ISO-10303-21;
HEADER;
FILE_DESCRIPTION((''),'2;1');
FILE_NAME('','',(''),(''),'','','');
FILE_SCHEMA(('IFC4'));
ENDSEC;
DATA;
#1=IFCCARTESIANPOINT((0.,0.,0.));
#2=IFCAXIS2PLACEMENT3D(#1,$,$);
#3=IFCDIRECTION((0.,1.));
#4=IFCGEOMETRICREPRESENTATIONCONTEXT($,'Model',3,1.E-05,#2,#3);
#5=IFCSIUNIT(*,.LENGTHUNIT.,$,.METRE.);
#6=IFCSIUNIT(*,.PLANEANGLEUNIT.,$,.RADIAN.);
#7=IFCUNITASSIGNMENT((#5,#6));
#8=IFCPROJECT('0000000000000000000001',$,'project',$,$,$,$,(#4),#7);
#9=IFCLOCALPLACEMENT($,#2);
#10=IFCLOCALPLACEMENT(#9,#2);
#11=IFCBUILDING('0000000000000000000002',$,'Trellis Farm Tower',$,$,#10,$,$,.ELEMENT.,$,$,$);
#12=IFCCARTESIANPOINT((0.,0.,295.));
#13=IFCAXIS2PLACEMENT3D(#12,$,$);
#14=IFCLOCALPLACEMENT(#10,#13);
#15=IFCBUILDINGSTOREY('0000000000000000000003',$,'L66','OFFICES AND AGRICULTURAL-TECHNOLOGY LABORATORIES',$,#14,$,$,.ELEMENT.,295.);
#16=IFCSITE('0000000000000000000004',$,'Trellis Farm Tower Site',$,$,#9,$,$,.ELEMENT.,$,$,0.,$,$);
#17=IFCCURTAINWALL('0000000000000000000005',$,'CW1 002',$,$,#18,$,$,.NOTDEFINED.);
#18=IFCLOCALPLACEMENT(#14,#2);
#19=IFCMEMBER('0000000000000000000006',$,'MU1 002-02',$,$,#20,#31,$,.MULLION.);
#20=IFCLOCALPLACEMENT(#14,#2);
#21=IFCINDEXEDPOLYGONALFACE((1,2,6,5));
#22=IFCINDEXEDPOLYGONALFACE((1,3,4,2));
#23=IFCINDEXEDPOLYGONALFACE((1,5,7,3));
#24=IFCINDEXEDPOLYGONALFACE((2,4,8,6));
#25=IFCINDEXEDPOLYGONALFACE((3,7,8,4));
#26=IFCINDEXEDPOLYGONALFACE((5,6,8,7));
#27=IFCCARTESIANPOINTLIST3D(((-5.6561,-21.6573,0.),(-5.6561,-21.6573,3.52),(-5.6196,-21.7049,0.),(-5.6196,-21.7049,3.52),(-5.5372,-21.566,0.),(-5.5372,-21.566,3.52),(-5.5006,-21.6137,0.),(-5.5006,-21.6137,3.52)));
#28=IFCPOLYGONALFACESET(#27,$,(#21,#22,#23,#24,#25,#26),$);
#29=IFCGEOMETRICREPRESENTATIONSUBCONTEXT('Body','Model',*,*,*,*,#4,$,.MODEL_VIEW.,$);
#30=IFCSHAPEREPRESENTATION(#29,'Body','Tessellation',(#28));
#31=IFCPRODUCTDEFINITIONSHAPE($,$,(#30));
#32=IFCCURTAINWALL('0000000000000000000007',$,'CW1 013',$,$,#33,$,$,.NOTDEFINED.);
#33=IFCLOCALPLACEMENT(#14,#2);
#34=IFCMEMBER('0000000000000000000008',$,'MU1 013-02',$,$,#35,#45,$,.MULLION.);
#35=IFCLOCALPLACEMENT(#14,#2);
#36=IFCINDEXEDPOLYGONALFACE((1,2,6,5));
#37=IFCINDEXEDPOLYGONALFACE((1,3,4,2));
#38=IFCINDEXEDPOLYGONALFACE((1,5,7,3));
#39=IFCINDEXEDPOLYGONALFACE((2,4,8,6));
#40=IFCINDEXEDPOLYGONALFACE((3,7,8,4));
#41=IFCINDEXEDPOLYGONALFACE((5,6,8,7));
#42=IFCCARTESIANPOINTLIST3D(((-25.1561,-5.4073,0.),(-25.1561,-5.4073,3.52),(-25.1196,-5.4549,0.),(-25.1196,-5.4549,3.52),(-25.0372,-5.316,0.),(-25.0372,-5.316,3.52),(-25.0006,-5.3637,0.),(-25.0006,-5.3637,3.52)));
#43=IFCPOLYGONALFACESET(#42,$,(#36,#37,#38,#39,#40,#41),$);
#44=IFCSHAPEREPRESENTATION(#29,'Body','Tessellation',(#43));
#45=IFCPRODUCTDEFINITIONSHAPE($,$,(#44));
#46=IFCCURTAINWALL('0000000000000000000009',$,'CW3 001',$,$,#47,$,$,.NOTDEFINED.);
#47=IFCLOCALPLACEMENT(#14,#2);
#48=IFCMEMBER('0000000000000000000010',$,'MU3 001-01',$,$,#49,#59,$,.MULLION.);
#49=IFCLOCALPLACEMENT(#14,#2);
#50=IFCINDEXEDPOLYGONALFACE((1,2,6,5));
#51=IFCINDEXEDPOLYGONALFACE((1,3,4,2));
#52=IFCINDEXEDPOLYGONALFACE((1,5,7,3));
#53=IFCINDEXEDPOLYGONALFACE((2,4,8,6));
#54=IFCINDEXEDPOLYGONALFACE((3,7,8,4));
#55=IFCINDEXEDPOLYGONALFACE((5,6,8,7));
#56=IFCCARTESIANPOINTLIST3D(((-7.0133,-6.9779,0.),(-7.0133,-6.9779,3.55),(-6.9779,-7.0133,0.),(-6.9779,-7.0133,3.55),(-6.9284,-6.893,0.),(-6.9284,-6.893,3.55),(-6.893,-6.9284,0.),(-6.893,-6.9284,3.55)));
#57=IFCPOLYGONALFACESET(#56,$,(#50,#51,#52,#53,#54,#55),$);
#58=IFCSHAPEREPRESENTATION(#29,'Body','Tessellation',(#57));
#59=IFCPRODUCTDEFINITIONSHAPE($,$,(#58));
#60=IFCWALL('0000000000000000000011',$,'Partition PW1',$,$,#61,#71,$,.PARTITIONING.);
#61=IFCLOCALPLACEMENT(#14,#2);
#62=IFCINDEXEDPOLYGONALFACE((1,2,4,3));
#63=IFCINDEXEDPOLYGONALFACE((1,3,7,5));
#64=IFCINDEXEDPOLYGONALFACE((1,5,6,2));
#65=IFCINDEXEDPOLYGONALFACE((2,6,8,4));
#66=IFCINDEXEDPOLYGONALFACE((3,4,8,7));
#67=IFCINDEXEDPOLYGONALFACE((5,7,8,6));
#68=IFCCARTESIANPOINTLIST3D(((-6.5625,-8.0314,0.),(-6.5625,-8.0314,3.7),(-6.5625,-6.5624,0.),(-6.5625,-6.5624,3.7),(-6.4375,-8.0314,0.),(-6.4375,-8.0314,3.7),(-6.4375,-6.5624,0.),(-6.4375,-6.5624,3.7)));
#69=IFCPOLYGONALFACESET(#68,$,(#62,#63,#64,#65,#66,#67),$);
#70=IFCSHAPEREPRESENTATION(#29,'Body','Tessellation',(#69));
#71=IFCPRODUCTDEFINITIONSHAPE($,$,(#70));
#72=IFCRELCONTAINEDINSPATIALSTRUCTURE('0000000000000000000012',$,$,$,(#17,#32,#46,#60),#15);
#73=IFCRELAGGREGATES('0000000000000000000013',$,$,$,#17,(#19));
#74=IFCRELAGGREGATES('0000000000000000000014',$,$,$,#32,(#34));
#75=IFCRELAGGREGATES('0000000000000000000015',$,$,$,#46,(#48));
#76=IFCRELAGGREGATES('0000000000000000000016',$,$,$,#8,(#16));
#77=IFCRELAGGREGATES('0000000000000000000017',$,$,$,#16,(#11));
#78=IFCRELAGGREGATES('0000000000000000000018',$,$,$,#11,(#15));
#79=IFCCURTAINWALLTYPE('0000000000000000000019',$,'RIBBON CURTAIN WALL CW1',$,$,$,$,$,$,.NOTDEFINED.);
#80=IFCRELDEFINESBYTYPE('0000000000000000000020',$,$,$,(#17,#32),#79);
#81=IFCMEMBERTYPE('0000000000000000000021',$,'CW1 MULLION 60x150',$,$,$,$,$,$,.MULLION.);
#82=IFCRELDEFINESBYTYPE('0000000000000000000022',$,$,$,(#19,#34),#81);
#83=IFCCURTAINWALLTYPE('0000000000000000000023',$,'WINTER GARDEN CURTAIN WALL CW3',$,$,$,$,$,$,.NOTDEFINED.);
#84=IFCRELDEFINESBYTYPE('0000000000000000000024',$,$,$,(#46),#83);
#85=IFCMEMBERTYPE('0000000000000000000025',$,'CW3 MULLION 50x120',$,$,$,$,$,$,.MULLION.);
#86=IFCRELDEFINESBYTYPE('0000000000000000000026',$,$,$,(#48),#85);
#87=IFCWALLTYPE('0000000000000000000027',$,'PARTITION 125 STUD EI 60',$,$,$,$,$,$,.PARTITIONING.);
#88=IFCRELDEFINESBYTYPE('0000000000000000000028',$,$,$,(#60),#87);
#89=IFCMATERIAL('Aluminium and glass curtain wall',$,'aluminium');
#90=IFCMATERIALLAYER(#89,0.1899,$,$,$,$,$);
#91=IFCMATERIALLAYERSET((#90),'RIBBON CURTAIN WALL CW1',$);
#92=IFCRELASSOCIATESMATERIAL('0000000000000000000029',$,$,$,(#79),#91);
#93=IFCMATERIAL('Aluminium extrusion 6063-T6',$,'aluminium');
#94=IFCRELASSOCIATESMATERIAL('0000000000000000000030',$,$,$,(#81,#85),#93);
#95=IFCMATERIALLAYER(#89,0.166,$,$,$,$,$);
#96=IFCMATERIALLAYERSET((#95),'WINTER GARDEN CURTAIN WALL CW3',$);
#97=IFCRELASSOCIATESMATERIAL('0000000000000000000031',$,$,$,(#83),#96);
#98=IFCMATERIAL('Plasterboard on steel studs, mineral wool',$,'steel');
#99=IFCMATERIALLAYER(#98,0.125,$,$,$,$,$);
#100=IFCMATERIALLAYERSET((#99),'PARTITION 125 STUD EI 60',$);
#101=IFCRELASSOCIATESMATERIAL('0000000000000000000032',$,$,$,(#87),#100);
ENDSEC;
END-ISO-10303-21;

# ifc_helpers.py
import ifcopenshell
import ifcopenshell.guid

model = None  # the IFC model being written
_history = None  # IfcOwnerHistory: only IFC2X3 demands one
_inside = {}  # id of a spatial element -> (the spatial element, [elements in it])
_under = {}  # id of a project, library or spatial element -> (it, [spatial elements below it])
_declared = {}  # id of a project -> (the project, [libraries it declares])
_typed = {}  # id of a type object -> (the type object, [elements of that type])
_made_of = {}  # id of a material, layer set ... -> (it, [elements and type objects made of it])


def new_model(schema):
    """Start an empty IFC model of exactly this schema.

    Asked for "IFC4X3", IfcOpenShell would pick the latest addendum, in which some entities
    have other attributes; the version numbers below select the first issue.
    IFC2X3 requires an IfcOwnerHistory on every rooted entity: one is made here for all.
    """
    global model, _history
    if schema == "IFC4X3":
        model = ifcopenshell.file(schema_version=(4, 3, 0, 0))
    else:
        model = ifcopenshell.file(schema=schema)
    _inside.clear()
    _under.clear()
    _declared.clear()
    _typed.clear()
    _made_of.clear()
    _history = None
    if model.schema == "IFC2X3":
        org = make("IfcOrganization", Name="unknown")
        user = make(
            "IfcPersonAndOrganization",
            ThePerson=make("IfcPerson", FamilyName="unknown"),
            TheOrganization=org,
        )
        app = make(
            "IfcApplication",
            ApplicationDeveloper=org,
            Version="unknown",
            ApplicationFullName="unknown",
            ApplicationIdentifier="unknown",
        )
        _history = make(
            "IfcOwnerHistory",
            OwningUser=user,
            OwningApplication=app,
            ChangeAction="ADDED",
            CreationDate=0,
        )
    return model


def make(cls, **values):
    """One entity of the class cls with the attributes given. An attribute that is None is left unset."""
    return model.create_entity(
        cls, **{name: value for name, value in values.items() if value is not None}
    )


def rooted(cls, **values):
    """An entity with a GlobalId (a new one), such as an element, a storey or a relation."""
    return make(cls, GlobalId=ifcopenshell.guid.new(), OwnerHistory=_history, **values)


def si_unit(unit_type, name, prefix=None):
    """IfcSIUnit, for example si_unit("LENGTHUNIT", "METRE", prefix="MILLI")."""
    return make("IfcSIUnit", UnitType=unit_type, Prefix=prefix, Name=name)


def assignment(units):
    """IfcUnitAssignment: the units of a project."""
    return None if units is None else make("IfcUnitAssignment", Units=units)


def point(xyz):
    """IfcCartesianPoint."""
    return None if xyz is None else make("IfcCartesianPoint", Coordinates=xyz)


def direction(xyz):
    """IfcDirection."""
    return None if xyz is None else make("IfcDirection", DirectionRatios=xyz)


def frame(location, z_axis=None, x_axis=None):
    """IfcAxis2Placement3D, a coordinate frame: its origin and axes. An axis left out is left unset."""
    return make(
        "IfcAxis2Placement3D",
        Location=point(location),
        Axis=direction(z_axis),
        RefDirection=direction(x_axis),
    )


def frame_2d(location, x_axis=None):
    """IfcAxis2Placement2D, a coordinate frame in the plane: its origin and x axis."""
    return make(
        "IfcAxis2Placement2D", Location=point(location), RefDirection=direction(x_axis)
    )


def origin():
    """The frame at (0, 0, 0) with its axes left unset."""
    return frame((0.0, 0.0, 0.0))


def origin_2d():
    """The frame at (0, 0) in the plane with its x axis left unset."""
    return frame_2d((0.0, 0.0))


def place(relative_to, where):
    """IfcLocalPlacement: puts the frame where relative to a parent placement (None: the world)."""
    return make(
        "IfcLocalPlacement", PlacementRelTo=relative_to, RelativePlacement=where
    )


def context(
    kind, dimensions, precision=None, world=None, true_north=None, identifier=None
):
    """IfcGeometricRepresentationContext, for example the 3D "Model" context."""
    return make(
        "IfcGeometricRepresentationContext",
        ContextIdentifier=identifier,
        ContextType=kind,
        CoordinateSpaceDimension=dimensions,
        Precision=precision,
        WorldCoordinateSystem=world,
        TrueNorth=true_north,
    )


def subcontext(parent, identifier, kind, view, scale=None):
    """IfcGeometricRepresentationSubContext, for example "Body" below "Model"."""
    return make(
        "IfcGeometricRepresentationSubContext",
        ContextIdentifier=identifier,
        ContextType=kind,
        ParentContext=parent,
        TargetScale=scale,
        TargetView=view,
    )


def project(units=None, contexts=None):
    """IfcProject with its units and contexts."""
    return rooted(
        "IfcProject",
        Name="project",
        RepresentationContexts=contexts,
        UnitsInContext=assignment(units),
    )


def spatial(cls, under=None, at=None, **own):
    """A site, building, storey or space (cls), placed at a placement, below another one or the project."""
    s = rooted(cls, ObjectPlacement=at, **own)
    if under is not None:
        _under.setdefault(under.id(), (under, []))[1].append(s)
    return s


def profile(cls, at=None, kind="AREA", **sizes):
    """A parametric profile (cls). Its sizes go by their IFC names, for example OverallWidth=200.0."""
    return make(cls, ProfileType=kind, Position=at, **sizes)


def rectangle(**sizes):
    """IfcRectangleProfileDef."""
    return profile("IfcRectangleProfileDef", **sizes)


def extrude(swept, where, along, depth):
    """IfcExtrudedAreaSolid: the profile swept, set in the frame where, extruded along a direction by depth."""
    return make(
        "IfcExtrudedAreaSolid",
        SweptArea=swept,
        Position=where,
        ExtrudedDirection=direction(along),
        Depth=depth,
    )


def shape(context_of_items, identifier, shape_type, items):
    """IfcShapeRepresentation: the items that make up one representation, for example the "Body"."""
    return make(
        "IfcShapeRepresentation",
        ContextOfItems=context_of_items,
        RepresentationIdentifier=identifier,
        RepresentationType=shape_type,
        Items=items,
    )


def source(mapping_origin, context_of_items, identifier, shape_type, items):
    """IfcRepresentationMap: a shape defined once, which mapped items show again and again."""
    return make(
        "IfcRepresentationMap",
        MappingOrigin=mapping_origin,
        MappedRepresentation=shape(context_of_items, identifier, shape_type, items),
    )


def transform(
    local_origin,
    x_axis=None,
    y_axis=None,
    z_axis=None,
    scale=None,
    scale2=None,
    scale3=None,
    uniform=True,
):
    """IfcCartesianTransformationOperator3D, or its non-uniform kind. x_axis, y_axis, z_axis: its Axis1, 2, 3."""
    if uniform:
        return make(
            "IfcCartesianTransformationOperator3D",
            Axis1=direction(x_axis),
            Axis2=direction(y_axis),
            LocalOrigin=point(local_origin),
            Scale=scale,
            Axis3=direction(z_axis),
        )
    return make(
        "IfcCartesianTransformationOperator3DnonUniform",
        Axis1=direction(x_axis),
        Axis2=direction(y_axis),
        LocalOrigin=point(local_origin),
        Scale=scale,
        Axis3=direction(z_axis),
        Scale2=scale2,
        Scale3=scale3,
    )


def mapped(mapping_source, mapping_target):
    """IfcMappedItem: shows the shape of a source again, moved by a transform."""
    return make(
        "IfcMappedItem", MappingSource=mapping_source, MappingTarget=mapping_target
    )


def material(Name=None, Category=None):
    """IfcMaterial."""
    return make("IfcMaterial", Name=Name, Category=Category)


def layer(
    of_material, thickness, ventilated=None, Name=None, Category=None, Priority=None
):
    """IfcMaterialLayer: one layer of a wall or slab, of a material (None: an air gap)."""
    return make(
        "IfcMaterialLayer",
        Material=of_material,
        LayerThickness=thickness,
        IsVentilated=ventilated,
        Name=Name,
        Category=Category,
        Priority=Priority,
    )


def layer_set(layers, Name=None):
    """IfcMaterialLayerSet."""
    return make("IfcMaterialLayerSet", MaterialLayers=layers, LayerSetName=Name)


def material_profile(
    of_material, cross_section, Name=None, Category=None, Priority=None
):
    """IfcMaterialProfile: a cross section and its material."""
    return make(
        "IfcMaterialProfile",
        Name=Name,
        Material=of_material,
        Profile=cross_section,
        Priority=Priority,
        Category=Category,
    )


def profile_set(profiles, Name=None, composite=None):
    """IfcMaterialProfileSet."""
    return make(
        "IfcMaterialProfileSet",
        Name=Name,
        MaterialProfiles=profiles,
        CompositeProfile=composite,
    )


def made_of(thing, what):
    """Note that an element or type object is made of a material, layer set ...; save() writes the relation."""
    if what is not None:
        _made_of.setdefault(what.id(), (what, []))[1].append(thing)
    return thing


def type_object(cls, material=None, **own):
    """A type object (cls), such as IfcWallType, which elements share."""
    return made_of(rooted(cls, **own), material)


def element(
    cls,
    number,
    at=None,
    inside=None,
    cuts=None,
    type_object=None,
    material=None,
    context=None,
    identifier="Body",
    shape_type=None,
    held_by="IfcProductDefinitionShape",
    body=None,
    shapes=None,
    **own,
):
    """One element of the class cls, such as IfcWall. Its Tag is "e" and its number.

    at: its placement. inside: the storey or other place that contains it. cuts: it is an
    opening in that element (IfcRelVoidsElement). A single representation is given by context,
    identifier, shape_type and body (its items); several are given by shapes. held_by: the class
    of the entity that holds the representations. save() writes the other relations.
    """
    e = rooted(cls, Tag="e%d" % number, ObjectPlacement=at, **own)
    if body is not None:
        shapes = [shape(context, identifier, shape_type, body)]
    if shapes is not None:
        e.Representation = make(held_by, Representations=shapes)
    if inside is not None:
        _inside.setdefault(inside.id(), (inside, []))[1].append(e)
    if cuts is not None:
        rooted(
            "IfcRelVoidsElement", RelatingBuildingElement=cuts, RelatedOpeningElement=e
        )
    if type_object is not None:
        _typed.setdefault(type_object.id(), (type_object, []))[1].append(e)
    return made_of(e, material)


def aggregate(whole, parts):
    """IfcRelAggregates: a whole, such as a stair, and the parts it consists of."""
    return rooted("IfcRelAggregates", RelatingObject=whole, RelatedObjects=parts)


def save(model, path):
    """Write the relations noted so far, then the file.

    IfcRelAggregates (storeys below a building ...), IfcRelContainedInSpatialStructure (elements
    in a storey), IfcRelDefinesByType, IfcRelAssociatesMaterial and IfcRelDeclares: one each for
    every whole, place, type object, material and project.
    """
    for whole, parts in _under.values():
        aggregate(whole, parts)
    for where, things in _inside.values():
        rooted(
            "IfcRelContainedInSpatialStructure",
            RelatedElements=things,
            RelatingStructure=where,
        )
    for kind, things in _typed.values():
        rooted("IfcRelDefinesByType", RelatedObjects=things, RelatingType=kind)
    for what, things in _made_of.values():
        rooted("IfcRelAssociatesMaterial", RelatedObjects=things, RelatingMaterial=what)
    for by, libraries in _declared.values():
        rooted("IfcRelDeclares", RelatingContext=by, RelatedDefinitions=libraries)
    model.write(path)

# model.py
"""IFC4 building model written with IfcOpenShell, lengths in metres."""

from ifc_helpers import new_model, si_unit, direction, frame, frame_2d, origin, origin_2d, place, context, subcontext, project, spatial, rectangle, extrude, source, transform, mapped, material, layer, layer_set, material_profile, profile_set, type_object, element, aggregate, save


model = new_model("IFC4")

# Units and contexts
model_context = context("Model", 3, precision=1e-05, world=origin(), true_north=direction((0.0, 1.0)))
body_context = subcontext(model_context, "Body", "Model", "MODEL_VIEW")
ifc_project = project(units=[si_unit("LENGTHUNIT", "METRE"), si_unit("PLANEANGLEUNIT", "RADIAN")], contexts=[model_context])

# Site, building, storey
site_placement = place(None, origin())
site = spatial("IfcSite", under=ifc_project, at=site_placement, Name="Trellis Farm Tower Site", CompositionType="ELEMENT", RefElevation=0.0)
building_placement = place(site_placement, origin())
building = spatial("IfcBuilding", under=site, at=building_placement, Name="Trellis Farm Tower", CompositionType="ELEMENT")
storey_placement = place(building_placement, frame((0.0, 0.0, 295.0)))
storey = spatial("IfcBuildingStorey", under=building, at=storey_placement, Name="L66", Description="OFFICES AND AGRICULTURAL-TECHNOLOGY LABORATORIES", CompositionType="ELEMENT", Elevation=295.0)

# Curtain wall, member
ifc_material_1 = material(Name="Aluminium and glass curtain wall", Category="aluminium")
ifc_layer_1 = layer(ifc_material_1, 0.1899)
ifc_layer_set_1 = layer_set([ifc_layer_1], Name="RIBBON CURTAIN WALL CW1")
curtain_wall_type_1 = type_object("IfcCurtainWallType", Name="RIBBON CURTAIN WALL CW1", PredefinedType="NOTDEFINED", material=ifc_layer_set_1)
placement = place(storey_placement, origin())
ifc_material_2 = material(Name="Aluminium extrusion 6063-T6", Category="aluminium")
ifc_material_profile_1 = material_profile(ifc_material_2, rectangle(XDim=0.0601, YDim=0.1499, at=origin_2d()), Name="MULLION 60x150")
ifc_profile_set_1 = profile_set([ifc_material_profile_1], Name="Aluminium extrusion 6063-T6")
member_type_1 = type_object("IfcMemberType", Name="CW1 MULLION 60x150", PredefinedType="MULLION", material=ifc_profile_set_1)
shared_shape_1 = source(origin(), body_context, "Body", "SweptSolid", [
    extrude(rectangle(XDim=0.0601, YDim=0.1499, at=origin_2d()), origin(), (0.0, 0.0, 1.0), 3.52),
])
curtain_wall_1 = element("IfcCurtainWall", 1, at=placement, inside=storey, type_object=curtain_wall_type_1, Name="CW1 002", PredefinedType="NOTDEFINED")
member_1_placement = place(storey_placement, frame((-5.5784, -21.6355, 0.0), z_axis=(0.0, 0.0, 1.0), x_axis=(0.608761, -0.793353, 0.0)))
member_1 = element("IfcMember", 2, at=member_1_placement, type_object=member_type_1, Name="MU1 002-02", PredefinedType="MULLION", context=body_context, shape_type="MappedRepresentation", body=[
    mapped(shared_shape_1, transform((0.0, 0.0, 0.0))),
])
aggregate(curtain_wall_1, [member_1])

# Curtain walls, members
curtain_wall_2 = element("IfcCurtainWall", 3, at=placement, inside=storey, type_object=curtain_wall_type_1, Name="CW1 013", PredefinedType="NOTDEFINED")
member_2_placement = place(storey_placement, frame((-25.0784, -5.3855, 0.0), z_axis=(0.0, 0.0, 1.0), x_axis=(0.608761, -0.793353, 0.0)))
member_2 = element("IfcMember", 4, at=member_2_placement, type_object=member_type_1, Name="MU1 013-02", PredefinedType="MULLION", context=body_context, shape_type="MappedRepresentation", body=[
    mapped(shared_shape_1, transform((0.0, 0.0, 0.0))),
])
aggregate(curtain_wall_2, [member_2])
ifc_layer_2 = layer(ifc_material_1, 0.166)
ifc_layer_set_2 = layer_set([ifc_layer_2], Name="WINTER GARDEN CURTAIN WALL CW3")
curtain_wall_type_2 = type_object("IfcCurtainWallType", Name="WINTER GARDEN CURTAIN WALL CW3", PredefinedType="NOTDEFINED", material=ifc_layer_set_2)
curtain_wall_3 = element("IfcCurtainWall", 5, at=placement, inside=storey, type_object=curtain_wall_type_2, Name="CW3 001", PredefinedType="NOTDEFINED")
ifc_material_profile_2 = material_profile(ifc_material_2, rectangle(XDim=0.05, YDim=0.1201, at=origin_2d()), Name="MULLION 50x120")
ifc_profile_set_2 = profile_set([ifc_material_profile_2], Name="Aluminium extrusion 6063-T6")
member_type_2 = type_object("IfcMemberType", Name="CW3 MULLION 50x120", PredefinedType="MULLION", material=ifc_profile_set_2)
shared_shape_2 = source(origin(), body_context, "Body", "SweptSolid", [
    extrude(rectangle(XDim=0.05, YDim=0.1201, at=origin_2d()), origin(), (0.0, 0.0, 1.0), 3.55),
])
member_3_placement = place(storey_placement, frame((-6.9531, -6.9531, 0.0), z_axis=(0.0, 0.0, 1.0), x_axis=(0.707107, -0.707107, 0.0)))
member_3 = element("IfcMember", 6, at=member_3_placement, type_object=member_type_2, Name="MU3 001-01", PredefinedType="MULLION", context=body_context, shape_type="MappedRepresentation", body=[
    mapped(shared_shape_2, transform((0.0, 0.0, 0.0))),
])
aggregate(curtain_wall_3, [member_3])

# Wall
ifc_material_3 = material(Name="Plasterboard on steel studs, mineral wool", Category="steel")
ifc_layer_3 = layer(ifc_material_3, 0.125)
ifc_layer_set_3 = layer_set([ifc_layer_3], Name="PARTITION 125 STUD EI 60")
wall_type = type_object("IfcWallType", Name="PARTITION 125 STUD EI 60", PredefinedType="PARTITIONING", material=ifc_layer_set_3)
shared_shape_3 = source(origin(), body_context, "Body", "SweptSolid", [
    extrude(rectangle(XDim=1.469, YDim=0.125, at=frame_2d((0.7344, 0.0))), origin(), (0.0, 0.0, 1.0), 3.7),
])
wall_placement = place(storey_placement, frame((-6.5, -6.5625, 0.0), z_axis=(0.0, 0.0, 1.0), x_axis=(0.0, -1.0, 0.0)))
element("IfcWall", 7, at=wall_placement, inside=storey, type_object=wall_type, Name="Partition PW1", PredefinedType="PARTITIONING", context=body_context, shape_type="MappedRepresentation", body=[
    mapped(shared_shape_3, transform((0.0, 0.0, 0.0))),
])

save(model, "model.ifc")
